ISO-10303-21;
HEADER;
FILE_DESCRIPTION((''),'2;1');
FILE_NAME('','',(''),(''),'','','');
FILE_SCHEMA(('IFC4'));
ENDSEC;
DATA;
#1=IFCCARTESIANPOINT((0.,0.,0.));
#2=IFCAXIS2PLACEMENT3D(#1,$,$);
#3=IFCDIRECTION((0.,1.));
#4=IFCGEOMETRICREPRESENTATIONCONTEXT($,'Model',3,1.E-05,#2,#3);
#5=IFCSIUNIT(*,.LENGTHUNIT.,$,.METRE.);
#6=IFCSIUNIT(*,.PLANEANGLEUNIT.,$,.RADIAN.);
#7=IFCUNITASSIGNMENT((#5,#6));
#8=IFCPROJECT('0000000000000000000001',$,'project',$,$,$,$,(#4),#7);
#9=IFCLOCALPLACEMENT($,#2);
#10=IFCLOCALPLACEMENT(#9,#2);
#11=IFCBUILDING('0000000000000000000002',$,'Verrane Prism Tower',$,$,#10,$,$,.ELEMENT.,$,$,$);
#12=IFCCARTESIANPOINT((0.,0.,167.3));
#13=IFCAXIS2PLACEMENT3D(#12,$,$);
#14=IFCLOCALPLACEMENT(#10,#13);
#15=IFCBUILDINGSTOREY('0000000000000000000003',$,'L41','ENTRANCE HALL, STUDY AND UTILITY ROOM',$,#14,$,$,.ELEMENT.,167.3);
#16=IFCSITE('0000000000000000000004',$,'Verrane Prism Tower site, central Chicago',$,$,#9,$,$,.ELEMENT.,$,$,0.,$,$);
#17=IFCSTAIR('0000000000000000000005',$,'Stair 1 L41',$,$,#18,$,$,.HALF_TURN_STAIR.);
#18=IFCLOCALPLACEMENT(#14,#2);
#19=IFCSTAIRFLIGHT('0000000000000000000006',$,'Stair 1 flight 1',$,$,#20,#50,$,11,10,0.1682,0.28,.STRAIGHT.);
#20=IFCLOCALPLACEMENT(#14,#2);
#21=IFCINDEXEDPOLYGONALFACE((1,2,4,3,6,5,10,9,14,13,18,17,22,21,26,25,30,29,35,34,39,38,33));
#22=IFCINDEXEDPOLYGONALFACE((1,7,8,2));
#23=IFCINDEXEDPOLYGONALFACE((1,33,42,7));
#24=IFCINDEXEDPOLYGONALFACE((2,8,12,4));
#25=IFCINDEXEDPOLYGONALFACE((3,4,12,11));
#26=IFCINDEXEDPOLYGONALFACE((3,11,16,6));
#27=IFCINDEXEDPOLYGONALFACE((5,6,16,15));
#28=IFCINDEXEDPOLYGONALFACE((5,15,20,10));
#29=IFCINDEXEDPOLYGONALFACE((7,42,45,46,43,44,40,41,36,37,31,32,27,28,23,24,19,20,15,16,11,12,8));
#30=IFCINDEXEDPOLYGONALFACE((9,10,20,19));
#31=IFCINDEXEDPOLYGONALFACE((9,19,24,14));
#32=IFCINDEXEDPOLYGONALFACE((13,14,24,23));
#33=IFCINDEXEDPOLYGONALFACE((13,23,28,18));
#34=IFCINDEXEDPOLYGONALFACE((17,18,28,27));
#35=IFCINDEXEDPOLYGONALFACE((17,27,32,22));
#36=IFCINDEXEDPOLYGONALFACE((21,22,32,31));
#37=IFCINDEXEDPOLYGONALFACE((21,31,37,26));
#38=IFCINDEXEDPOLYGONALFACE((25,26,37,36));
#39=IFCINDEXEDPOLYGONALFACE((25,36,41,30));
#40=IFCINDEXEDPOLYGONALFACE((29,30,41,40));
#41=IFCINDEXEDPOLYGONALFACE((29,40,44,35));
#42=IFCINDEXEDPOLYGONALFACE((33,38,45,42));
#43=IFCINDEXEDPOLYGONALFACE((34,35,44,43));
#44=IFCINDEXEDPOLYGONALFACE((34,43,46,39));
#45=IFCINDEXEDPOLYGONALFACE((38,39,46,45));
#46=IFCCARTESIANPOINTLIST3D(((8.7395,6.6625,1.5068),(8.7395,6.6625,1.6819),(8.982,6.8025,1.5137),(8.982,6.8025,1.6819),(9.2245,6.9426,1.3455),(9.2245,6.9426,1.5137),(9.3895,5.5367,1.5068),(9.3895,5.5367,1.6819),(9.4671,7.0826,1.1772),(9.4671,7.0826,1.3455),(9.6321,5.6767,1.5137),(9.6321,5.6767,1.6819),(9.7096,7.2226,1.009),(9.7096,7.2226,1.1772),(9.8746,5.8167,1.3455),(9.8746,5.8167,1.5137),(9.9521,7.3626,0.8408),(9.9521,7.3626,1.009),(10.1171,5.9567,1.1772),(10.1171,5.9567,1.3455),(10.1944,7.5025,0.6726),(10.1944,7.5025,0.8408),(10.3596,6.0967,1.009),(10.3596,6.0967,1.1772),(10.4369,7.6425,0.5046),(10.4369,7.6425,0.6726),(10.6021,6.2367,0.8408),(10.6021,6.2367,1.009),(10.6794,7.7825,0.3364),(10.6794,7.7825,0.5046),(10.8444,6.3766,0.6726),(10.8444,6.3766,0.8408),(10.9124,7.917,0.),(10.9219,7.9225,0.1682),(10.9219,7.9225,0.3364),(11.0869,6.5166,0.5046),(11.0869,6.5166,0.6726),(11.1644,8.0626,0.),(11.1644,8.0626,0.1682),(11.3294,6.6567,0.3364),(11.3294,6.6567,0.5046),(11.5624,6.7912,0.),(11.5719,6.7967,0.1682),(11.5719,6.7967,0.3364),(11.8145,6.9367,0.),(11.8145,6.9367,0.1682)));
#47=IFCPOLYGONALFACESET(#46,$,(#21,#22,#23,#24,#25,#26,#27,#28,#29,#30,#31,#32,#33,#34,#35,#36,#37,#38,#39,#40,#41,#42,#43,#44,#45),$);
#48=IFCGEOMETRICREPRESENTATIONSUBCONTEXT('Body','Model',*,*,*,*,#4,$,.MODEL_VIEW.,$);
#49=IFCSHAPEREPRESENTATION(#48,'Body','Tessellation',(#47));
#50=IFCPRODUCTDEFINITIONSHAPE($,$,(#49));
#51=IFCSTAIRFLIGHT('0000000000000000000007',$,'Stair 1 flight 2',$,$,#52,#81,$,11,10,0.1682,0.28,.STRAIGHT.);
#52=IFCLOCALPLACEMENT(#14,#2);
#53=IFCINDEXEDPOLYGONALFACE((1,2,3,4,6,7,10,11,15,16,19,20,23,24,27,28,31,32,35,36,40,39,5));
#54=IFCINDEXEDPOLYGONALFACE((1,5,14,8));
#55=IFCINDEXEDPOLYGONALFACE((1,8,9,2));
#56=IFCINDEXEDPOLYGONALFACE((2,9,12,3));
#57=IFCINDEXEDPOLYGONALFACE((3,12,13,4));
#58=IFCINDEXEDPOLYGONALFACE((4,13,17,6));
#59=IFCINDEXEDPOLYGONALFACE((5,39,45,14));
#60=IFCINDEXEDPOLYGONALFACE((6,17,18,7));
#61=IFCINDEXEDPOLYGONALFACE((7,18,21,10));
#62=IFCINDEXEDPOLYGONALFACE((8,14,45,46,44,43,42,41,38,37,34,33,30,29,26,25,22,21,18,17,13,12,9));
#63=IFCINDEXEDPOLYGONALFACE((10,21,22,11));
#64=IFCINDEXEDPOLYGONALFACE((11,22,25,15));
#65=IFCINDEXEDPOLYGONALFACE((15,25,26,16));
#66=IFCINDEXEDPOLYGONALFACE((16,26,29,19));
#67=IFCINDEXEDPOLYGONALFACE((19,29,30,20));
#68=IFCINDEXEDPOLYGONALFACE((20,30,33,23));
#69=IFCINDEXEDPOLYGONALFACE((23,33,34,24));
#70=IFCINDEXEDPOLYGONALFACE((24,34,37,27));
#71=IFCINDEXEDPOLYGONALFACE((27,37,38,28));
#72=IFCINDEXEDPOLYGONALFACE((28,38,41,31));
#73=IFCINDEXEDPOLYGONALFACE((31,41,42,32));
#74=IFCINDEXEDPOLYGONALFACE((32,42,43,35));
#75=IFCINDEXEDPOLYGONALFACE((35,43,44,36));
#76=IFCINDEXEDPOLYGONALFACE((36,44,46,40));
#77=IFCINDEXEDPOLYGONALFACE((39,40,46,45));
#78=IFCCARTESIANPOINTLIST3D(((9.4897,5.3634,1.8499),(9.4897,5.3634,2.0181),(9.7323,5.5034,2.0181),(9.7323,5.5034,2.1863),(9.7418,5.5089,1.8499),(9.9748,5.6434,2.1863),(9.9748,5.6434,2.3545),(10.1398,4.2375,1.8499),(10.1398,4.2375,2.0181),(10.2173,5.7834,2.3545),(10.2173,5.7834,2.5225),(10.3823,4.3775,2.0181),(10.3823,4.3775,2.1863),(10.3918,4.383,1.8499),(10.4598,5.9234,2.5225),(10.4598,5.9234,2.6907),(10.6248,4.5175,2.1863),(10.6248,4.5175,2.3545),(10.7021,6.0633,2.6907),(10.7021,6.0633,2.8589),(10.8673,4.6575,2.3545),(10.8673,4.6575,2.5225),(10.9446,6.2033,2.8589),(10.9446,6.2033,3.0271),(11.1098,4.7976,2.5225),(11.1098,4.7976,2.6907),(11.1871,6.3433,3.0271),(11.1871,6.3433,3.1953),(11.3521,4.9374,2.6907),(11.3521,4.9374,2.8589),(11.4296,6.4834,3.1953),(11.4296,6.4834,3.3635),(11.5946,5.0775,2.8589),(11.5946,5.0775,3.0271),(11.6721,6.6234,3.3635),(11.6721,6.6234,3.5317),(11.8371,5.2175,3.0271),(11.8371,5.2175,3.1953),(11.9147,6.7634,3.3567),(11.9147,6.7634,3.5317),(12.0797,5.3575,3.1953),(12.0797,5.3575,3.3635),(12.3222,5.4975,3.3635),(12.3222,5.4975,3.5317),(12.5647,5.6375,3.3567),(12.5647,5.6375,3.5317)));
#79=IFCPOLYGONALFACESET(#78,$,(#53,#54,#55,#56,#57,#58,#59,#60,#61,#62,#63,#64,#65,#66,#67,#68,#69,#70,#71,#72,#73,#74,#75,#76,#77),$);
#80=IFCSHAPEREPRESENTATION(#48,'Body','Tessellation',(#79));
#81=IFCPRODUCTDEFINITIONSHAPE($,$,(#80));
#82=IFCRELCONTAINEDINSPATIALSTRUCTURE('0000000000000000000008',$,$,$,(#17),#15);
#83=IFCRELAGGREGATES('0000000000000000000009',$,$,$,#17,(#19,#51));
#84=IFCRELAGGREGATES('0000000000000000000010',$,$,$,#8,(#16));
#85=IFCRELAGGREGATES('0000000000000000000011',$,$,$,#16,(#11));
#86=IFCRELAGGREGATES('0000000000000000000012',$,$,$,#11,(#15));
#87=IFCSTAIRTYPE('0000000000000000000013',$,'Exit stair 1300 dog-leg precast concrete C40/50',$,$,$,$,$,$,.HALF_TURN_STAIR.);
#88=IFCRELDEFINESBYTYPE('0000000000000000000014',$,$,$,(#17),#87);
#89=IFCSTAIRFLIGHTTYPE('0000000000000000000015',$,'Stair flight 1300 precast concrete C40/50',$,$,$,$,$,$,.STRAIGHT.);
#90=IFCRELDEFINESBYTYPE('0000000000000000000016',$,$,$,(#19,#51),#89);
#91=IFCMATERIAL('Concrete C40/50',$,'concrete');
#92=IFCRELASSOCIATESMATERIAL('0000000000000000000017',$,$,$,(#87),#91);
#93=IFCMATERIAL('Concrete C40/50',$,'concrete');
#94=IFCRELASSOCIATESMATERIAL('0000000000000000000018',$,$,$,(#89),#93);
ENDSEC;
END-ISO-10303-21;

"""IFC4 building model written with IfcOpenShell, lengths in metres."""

from ifc_helpers import new_model, si_unit, direction, frame, origin, place, context, subcontext, project, spatial, polyline, outline, extrude, material, type_object, element, aggregate, save


model = new_model("IFC4")

# Units and contexts
model_context = context("Model", 3, precision=1e-05, world=origin(), true_north=direction((0.0, 1.0)))
body_context = subcontext(model_context, "Body", "Model", "MODEL_VIEW")
ifc_project = project(units=[si_unit("LENGTHUNIT", "METRE"), si_unit("PLANEANGLEUNIT", "RADIAN")], contexts=[model_context])

# Site, building, storey
site_placement = place(None, origin())
site = spatial("IfcSite", under=ifc_project, at=site_placement, Name="Verrane Prism Tower site, central Chicago", CompositionType="ELEMENT", RefElevation=0.0)
building_placement = place(site_placement, origin())
building = spatial("IfcBuilding", under=site, at=building_placement, Name="Verrane Prism Tower", CompositionType="ELEMENT")
storey_placement = place(building_placement, frame((0.0, 0.0, 167.3)))
storey = spatial("IfcBuildingStorey", under=building, at=storey_placement, Name="L41", Description="ENTRANCE HALL, STUDY AND UTILITY ROOM", CompositionType="ELEMENT", Elevation=167.3)

# Stair, stair flights
ifc_material_1 = material(Name="Concrete C40/50", Category="concrete")
stair_type = type_object("IfcStairType", Name="Exit stair 1300 dog-leg precast concrete C40/50", PredefinedType="HALF_TURN_STAIR", material=ifc_material_1)
stair_placement = place(storey_placement, origin())
stair = element("IfcStair", 1, at=stair_placement, inside=storey, type_object=stair_type, Name="Stair 1 L41", PredefinedType="HALF_TURN_STAIR")
ifc_material_2 = material(Name="Concrete C40/50", Category="concrete")
stair_flight_type = type_object("IfcStairFlightType", Name="Stair flight 1300 precast concrete C40/50", PredefinedType="STRAIGHT", material=ifc_material_2)
stair_flight_1_placement = place(storey_placement, frame((11.4895, 7.4995, 0.0), z_axis=(0.0, 0.0, 1.0), x_axis=(-0.866025, -0.5, 0.0)))
stair_flight_1 = element("IfcStairFlight", 2, at=stair_flight_1_placement, type_object=stair_flight_type, Name="Stair 1 flight 1", NumberOfRisers=11, NumberOfTreads=10, PredefinedType="STRAIGHT", RiserHeight=0.1682, TreadLength=0.28, context=body_context, shape_type="SweptSolid", body=[
    extrude(outline(polyline([(0.0, 0.0), (0.0, 0.1682), (0.28, 0.1682), (0.28, 0.3364), (0.5601, 0.3364), (0.5601, 0.5046), (0.8401, 0.5046), (0.8401, 0.6726), (1.1201, 0.6726), (1.1201, 0.8408), (1.3999, 0.8408), (1.3999, 1.009), (1.6799, 1.009), (1.6799, 1.1772), (1.96, 1.1772), (1.96, 1.3455), (2.24, 1.3455), (2.24, 1.5137), (2.52, 1.5137), (2.52, 1.6819), (2.8, 1.6819), (2.8, 1.8501), (2.8, 1.5068), (0.291, 0.0), (0.0, 0.0)])), frame((0.0, 0.6499, 0.0), z_axis=(0.0, -1.0, 0.0), x_axis=(1.0, 0.0, 0.0)), (0.0, 0.0, 1.0), 1.3),
])
stair_flight_2_placement = place(storey_placement, frame((9.8147, 4.8005, 1.8499), z_axis=(0.0, 0.0, 1.0), x_axis=(0.866025, 0.5, 0.0)))
stair_flight_2 = element("IfcStairFlight", 3, at=stair_flight_2_placement, type_object=stair_flight_type, Name="Stair 1 flight 2", NumberOfRisers=11, NumberOfTreads=10, PredefinedType="STRAIGHT", RiserHeight=0.1682, TreadLength=0.28, context=body_context, shape_type="SweptSolid", body=[
    extrude(outline(polyline([(0.0, 0.0), (0.0, 0.1682), (0.28, 0.1682), (0.28, 0.3364), (0.5601, 0.3364), (0.5601, 0.5046), (0.8401, 0.5046), (0.8401, 0.6726), (1.1201, 0.6726), (1.1201, 0.8408), (1.3999, 0.8408), (1.3999, 1.009), (1.6799, 1.009), (1.6799, 1.1772), (1.96, 1.1772), (1.96, 1.3455), (2.24, 1.3455), (2.24, 1.5137), (2.52, 1.5137), (2.52, 1.6819), (2.8, 1.6819), (2.8, 1.8501), (2.8, 1.5068), (0.291, 0.0), (0.0, 0.0)])), frame((0.0, 0.6499, 0.0), z_axis=(0.0, -1.0, 0.0), x_axis=(1.0, 0.0, 0.0)), (0.0, 0.0, 1.0), 1.3),
])
aggregate(stair, [stair_flight_1, stair_flight_2])

save(model, "model.ifc")
